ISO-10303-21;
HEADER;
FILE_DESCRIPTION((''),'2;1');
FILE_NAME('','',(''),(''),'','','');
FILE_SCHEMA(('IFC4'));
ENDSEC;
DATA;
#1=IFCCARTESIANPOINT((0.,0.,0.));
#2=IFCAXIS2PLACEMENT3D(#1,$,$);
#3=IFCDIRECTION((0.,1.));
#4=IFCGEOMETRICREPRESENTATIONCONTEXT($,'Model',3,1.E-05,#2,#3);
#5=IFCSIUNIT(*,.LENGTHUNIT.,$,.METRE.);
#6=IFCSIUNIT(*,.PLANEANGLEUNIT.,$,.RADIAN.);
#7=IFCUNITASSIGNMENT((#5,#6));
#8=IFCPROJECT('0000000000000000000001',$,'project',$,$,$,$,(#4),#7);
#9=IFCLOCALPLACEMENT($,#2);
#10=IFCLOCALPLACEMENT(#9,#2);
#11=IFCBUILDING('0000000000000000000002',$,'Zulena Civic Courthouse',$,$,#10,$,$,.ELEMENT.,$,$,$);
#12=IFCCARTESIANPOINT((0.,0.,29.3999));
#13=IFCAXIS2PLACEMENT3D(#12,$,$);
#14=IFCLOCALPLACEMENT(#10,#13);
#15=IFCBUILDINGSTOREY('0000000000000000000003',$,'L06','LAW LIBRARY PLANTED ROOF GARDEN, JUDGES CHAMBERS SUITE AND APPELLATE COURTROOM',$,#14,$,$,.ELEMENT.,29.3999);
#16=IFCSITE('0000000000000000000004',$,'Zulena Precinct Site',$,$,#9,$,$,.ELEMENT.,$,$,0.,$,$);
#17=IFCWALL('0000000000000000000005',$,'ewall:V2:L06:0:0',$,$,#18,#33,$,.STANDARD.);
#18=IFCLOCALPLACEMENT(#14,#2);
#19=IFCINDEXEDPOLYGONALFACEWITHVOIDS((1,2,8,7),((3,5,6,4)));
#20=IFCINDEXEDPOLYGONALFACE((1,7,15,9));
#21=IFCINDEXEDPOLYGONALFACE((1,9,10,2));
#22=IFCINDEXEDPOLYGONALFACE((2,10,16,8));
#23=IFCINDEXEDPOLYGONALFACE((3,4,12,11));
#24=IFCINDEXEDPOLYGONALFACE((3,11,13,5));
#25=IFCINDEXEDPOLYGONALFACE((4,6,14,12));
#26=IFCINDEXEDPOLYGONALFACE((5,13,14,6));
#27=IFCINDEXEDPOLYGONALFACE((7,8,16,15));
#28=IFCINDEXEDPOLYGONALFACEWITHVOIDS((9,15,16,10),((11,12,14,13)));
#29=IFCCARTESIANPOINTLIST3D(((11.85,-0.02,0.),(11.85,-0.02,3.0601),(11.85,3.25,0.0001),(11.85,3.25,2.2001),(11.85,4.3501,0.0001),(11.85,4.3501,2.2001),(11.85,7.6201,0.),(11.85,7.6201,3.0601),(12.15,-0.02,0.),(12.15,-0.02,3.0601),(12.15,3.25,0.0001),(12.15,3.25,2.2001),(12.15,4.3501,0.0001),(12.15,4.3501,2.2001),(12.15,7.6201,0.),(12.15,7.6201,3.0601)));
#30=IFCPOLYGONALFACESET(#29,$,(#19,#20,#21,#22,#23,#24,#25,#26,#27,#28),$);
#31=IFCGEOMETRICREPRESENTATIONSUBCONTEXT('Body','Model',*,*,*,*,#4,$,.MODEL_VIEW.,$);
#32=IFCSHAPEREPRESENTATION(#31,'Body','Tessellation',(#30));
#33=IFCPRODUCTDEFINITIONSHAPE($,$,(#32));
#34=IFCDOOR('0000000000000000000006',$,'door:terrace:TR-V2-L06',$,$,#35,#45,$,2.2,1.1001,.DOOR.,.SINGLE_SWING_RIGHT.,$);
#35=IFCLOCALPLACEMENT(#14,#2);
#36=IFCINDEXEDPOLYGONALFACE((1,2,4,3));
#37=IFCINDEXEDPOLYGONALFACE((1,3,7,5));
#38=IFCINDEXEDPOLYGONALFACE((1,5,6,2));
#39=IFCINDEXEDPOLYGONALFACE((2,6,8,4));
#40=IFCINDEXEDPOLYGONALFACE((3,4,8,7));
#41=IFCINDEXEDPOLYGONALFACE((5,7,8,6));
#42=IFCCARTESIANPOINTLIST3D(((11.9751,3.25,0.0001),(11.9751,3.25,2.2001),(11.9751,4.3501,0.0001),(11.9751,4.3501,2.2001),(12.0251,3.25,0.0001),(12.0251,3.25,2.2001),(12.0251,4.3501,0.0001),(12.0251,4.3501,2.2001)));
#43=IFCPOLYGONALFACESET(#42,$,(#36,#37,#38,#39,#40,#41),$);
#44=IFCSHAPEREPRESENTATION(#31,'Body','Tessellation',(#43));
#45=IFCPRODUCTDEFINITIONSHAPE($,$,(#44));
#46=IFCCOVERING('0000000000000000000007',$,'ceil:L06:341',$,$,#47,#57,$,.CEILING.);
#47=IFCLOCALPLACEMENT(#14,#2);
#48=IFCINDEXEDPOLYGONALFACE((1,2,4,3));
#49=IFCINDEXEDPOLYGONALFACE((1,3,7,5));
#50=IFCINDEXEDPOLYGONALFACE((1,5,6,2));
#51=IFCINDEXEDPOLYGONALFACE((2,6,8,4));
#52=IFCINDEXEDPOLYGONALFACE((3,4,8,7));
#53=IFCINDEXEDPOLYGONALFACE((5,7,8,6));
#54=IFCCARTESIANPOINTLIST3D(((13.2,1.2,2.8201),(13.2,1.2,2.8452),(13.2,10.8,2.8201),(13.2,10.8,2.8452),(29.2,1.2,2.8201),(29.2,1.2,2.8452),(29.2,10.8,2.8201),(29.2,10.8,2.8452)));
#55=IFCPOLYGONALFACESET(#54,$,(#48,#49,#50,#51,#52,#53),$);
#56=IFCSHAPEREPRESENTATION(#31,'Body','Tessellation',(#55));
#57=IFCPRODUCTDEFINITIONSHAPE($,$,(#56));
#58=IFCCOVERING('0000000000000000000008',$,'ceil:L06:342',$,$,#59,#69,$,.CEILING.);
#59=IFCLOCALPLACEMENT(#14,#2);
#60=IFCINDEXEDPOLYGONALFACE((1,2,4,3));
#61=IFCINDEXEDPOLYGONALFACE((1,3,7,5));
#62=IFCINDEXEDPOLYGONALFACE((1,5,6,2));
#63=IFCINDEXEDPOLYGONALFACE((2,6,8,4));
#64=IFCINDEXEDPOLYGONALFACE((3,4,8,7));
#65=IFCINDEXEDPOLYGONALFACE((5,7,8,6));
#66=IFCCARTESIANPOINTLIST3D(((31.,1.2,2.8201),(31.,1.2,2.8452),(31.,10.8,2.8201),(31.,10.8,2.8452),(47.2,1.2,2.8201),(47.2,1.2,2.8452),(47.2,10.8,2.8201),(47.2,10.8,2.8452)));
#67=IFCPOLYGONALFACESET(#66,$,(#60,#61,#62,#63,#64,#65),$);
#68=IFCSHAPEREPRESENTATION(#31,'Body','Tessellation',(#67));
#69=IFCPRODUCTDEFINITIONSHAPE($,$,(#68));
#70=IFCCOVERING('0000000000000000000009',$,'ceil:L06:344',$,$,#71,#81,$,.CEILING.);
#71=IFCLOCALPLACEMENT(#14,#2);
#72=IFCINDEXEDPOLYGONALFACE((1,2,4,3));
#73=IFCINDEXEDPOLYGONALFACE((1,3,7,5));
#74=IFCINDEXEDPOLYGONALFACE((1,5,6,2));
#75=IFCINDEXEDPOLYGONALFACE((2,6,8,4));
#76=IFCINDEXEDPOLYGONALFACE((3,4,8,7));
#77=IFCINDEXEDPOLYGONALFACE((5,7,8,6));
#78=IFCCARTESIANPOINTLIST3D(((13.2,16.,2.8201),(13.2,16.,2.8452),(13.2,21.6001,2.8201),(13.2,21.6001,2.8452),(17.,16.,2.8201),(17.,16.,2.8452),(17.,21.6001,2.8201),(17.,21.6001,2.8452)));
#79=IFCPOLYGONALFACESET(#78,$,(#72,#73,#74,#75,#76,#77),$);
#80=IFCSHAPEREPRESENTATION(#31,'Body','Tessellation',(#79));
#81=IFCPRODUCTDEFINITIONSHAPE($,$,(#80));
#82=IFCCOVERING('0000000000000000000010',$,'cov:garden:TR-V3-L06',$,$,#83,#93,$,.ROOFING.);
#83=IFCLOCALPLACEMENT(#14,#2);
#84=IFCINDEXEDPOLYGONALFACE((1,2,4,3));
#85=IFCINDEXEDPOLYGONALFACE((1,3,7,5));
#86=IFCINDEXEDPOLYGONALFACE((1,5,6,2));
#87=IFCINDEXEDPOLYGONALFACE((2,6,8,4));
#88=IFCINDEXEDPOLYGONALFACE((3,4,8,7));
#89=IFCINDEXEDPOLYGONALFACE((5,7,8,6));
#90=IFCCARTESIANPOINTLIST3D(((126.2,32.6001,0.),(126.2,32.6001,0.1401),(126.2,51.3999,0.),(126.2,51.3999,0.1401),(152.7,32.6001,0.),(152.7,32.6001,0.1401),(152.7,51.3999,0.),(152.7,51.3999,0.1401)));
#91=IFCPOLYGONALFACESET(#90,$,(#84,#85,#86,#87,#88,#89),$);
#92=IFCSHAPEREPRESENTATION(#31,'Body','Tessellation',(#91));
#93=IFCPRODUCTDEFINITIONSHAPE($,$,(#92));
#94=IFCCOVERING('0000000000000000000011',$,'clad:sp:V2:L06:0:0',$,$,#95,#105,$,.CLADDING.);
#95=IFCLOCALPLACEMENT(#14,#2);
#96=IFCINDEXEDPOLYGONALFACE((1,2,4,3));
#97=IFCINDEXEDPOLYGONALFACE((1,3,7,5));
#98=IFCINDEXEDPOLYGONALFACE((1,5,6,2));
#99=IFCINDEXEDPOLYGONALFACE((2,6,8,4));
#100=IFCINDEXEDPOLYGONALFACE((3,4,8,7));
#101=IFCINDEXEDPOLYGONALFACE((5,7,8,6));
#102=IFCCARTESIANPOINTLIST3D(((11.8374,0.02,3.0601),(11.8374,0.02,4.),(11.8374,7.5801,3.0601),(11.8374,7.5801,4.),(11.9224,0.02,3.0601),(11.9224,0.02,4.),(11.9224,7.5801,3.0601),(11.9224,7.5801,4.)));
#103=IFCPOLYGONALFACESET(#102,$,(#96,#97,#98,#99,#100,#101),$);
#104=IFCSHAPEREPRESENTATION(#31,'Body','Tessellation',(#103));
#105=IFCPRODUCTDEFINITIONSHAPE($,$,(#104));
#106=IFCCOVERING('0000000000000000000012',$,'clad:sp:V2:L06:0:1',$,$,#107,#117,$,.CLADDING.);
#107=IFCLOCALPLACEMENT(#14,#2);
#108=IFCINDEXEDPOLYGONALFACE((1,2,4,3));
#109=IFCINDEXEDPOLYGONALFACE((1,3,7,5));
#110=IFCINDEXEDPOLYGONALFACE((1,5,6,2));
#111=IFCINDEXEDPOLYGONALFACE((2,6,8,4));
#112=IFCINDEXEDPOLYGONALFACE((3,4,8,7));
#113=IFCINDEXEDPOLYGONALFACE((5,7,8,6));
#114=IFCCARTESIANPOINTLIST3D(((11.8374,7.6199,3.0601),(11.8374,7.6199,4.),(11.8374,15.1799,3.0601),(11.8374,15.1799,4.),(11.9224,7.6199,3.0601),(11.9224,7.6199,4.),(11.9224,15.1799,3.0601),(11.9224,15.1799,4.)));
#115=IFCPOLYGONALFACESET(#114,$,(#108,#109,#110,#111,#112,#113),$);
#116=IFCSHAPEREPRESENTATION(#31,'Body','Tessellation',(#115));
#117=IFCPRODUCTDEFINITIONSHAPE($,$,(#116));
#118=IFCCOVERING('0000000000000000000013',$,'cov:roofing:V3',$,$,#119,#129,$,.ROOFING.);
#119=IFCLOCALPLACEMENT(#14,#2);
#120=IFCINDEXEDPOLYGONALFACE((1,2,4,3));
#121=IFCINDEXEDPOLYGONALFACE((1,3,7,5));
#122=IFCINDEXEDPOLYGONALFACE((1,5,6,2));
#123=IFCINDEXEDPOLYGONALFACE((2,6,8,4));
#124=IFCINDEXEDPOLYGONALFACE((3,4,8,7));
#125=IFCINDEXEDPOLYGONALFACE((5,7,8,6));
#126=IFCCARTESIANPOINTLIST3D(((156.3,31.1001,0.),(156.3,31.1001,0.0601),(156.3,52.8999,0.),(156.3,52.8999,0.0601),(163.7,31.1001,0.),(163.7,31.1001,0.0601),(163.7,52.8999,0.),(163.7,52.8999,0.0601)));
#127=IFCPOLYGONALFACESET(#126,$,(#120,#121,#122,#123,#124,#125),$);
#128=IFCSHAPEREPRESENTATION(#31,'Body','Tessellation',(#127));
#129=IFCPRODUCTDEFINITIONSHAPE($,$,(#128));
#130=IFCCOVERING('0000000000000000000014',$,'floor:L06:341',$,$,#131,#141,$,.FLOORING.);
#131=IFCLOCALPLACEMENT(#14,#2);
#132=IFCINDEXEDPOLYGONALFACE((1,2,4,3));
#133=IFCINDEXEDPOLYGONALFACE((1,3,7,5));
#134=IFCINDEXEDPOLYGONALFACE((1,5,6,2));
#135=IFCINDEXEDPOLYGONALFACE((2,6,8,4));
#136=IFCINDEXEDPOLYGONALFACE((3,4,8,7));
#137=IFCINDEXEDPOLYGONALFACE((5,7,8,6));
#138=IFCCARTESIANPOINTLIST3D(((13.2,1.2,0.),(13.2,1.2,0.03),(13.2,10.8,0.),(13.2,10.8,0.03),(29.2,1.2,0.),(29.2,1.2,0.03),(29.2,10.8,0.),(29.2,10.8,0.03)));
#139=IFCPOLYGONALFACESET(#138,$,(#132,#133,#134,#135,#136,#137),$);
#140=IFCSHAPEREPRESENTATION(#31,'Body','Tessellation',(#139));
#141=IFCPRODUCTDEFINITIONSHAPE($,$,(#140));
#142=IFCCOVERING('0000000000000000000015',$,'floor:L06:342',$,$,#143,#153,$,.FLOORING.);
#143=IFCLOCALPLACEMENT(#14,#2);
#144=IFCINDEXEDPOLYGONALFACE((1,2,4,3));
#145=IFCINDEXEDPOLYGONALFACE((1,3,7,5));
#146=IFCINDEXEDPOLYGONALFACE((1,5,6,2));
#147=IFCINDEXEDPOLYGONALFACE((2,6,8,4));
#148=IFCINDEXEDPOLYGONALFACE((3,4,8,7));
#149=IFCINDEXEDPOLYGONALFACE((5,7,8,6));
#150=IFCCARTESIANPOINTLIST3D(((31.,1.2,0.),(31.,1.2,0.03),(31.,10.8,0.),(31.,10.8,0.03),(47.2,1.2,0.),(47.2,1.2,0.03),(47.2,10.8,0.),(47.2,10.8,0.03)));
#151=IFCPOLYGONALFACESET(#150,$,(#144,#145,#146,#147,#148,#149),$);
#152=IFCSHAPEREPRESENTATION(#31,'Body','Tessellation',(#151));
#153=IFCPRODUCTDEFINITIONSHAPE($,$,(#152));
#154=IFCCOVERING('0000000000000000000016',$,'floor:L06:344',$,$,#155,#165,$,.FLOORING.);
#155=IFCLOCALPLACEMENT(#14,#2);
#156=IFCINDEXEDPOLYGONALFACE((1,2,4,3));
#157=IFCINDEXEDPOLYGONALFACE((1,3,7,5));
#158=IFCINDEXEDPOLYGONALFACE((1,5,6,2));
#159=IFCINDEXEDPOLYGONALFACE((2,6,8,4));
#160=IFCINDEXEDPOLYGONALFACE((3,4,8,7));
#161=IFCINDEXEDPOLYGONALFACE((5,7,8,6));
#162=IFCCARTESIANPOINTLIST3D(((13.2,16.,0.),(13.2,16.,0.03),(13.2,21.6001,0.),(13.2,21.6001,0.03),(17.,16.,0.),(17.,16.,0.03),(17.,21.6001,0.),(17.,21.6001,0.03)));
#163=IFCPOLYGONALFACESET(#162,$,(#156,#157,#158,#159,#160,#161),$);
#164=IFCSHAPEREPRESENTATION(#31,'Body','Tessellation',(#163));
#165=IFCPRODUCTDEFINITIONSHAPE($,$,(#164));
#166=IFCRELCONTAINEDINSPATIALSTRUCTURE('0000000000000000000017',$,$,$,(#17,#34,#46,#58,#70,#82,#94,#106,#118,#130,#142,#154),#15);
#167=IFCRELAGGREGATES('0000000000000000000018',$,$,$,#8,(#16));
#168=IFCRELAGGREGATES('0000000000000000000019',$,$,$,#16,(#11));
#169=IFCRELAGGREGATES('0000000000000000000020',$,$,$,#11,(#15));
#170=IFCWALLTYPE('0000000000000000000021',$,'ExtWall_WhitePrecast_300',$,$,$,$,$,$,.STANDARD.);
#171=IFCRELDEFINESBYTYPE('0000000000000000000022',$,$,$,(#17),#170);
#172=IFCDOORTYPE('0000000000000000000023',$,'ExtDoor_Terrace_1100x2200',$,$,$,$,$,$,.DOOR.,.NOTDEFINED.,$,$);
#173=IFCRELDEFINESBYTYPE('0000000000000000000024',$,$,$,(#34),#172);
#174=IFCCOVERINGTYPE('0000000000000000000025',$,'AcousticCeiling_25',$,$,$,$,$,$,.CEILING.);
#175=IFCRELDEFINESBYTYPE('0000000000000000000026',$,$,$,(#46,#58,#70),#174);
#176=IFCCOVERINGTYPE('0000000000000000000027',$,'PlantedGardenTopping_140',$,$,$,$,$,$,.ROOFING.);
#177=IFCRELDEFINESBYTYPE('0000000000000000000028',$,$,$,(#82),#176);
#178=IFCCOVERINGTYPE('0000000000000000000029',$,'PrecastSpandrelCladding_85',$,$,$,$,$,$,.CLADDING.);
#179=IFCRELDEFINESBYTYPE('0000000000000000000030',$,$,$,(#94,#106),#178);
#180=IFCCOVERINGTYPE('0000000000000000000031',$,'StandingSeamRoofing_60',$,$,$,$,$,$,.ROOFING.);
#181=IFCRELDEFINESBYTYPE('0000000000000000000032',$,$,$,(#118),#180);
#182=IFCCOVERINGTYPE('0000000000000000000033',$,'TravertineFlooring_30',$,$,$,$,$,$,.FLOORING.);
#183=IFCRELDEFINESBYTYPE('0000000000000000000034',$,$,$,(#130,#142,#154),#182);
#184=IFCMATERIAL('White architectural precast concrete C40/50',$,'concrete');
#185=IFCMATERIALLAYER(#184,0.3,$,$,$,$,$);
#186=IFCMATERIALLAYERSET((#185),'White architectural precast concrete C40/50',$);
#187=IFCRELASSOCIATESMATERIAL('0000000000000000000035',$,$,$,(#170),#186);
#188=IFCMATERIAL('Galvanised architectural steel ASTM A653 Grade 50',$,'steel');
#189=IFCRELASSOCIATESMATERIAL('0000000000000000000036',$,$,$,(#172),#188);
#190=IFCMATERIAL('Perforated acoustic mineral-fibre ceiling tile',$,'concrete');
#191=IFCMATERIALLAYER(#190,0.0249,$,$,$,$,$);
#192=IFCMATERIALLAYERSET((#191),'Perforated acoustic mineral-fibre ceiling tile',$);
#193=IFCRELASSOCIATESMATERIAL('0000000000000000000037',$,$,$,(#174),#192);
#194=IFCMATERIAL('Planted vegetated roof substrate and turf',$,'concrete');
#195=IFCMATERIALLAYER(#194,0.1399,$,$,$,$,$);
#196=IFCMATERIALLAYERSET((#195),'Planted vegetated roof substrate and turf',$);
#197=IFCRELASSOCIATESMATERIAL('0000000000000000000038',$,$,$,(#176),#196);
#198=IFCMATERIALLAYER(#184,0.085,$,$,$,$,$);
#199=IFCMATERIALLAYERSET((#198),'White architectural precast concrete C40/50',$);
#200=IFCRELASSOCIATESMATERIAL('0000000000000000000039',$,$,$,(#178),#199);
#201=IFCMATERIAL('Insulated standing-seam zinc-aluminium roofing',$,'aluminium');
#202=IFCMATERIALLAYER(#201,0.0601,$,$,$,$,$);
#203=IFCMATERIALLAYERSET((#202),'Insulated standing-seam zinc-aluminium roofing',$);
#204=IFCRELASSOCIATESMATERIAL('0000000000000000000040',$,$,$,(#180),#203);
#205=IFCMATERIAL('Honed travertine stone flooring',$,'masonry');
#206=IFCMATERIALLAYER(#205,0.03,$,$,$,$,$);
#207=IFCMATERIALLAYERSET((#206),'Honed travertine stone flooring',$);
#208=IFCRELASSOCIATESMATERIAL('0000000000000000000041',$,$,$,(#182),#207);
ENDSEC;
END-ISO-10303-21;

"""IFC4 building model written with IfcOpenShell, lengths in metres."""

from ifc_helpers import new_model, si_unit, direction, frame, frame_2d, origin, origin_2d, place, context, subcontext, project, spatial, polyline, rectangle, outline, extrude, material, layer, layer_set, type_object, element, fill, save


model = new_model("IFC4")

# Units and contexts
model_context = context("Model", 3, precision=1e-05, world=origin(), true_north=direction((0.0, 1.0)))
body_context = subcontext(model_context, "Body", "Model", "MODEL_VIEW")
ifc_project = project(units=[si_unit("LENGTHUNIT", "METRE"), si_unit("PLANEANGLEUNIT", "RADIAN")], contexts=[model_context])

# Site, building, storey
site_placement = place(None, origin())
site = spatial("IfcSite", under=ifc_project, at=site_placement, Name="Zulena Precinct Site", CompositionType="ELEMENT", RefElevation=0.0)
building_placement = place(site_placement, origin())
building = spatial("IfcBuilding", under=site, at=building_placement, Name="Zulena Civic Courthouse", CompositionType="ELEMENT")
storey_placement = place(building_placement, frame((0.0, 0.0, 29.3999)))
storey = spatial("IfcBuildingStorey", under=building, at=storey_placement, Name="L06", Description="LAW LIBRARY PLANTED ROOF GARDEN, JUDGES CHAMBERS SUITE AND APPELLATE COURTROOM", CompositionType="ELEMENT", Elevation=29.3999)

# Shared definitions
ifc_material_1 = material(Name="Insulated standing-seam zinc-aluminium roofing", Category="aluminium")

# Wall, opening, door
ifc_material_2 = material(Name="White architectural precast concrete C40/50", Category="concrete")
ifc_layer_1 = layer(ifc_material_2, 0.3)
ifc_layer_set_1 = layer_set([ifc_layer_1], Name="White architectural precast concrete C40/50")
wall_type = type_object("IfcWallType", Name="ExtWall_WhitePrecast_300", PredefinedType="STANDARD", material=ifc_layer_set_1)
wall_placement = place(storey_placement, frame((12.0, -0.02, 0.0), z_axis=(0.0, 0.0, 1.0), x_axis=(0.0, 1.0, 0.0)))
wall = element("IfcWall", 1, at=wall_placement, inside=storey, type_object=wall_type, Name="ewall:V2:L06:0:0", PredefinedType="STANDARD", context=body_context, shape_type="SweptSolid", body=[
    extrude(rectangle(XDim=7.6401, YDim=0.3, at=frame_2d((3.8201, 0.0))), origin(), (0.0, 0.0, 1.0), 3.0601),
])
opening_1_placement = place(wall_placement, frame((3.27, 0.0, 0.0)))
opening_1 = element("IfcOpeningElement", 2, at=opening_1_placement, cuts=wall, PredefinedType="OPENING", context=body_context, shape_type="SweptSolid", body=[
    extrude(rectangle(XDim=1.1001, YDim=2.2, at=frame_2d((0.55, 1.1001))), frame((0.0, 0.1599, 0.0), z_axis=(0.0, -1.0, 0.0), x_axis=(1.0, 0.0, 0.0)), (0.0, 0.0, 1.0), 0.3201),
])
ifc_material_3 = material(Name="Galvanised architectural steel ASTM A653 Grade 50", Category="steel")
door_type = type_object("IfcDoorType", Name="ExtDoor_Terrace_1100x2200", OperationType="NOTDEFINED", PredefinedType="DOOR", material=ifc_material_3)
door_placement = place(opening_1_placement, origin())
door = element("IfcDoor", 3, at=door_placement, inside=storey, type_object=door_type, Name="door:terrace:TR-V2-L06", OperationType="SINGLE_SWING_RIGHT", OverallHeight=2.2, OverallWidth=1.1001, PredefinedType="DOOR", context=body_context, shape_type="SweptSolid", body=[
    extrude(rectangle(XDim=1.1001, YDim=2.2, at=frame_2d((0.55, 1.1001))), frame((0.0, 0.0249, 0.0), z_axis=(0.0, -1.0, 0.0), x_axis=(1.0, 0.0, 0.0)), (0.0, 0.0, 1.0), 0.05),
])
fill(opening_1, door)

# Coverings
ifc_material_4 = material(Name="Perforated acoustic mineral-fibre ceiling tile", Category="concrete")
ifc_layer_2 = layer(ifc_material_4, 0.0249)
ifc_layer_set_2 = layer_set([ifc_layer_2], Name="Perforated acoustic mineral-fibre ceiling tile")
covering_type_1 = type_object("IfcCoveringType", Name="AcousticCeiling_25", PredefinedType="CEILING", material=ifc_layer_set_2)
covering_1_placement = place(storey_placement, frame((0.0, 0.0, 2.8201)))
element("IfcCovering", 4, at=covering_1_placement, inside=storey, type_object=covering_type_1, Name="ceil:L06:341", PredefinedType="CEILING", context=body_context, shape_type="SweptSolid", body=[
    extrude(outline(polyline([(13.2, 1.2), (29.2, 1.2), (29.2, 10.8), (13.2, 10.8), (13.2, 1.2)])), origin(), (0.0, 0.0, 1.0), 0.0251),
])
covering_2_placement = place(storey_placement, frame((0.0, 0.0, 2.8201)))
element("IfcCovering", 5, at=covering_2_placement, inside=storey, type_object=covering_type_1, Name="ceil:L06:342", PredefinedType="CEILING", context=body_context, shape_type="SweptSolid", body=[
    extrude(outline(polyline([(31.0, 1.2), (47.2, 1.2), (47.2, 10.8), (31.0, 10.8), (31.0, 1.2)])), origin(), (0.0, 0.0, 1.0), 0.0251),
])
covering_3_placement = place(storey_placement, frame((0.0, 0.0, 2.8201)))
element("IfcCovering", 6, at=covering_3_placement, inside=storey, type_object=covering_type_1, Name="ceil:L06:344", PredefinedType="CEILING", context=body_context, shape_type="SweptSolid", body=[
    extrude(outline(polyline([(13.2, 16.0), (17.0, 16.0), (17.0, 21.6001), (13.2, 21.6001), (13.2, 16.0)])), origin(), (0.0, 0.0, 1.0), 0.0251),
])
ifc_material_5 = material(Name="Planted vegetated roof substrate and turf", Category="concrete")
ifc_layer_3 = layer(ifc_material_5, 0.1399)
ifc_layer_set_3 = layer_set([ifc_layer_3], Name="Planted vegetated roof substrate and turf")
covering_type_2 = type_object("IfcCoveringType", Name="PlantedGardenTopping_140", PredefinedType="ROOFING", material=ifc_layer_set_3)
covering_4_placement = place(storey_placement, origin())
element("IfcCovering", 7, at=covering_4_placement, inside=storey, type_object=covering_type_2, Name="cov:garden:TR-V3-L06", PredefinedType="ROOFING", context=body_context, shape_type="SweptSolid", body=[
    extrude(outline(polyline([(126.2, 32.6001), (152.7, 32.6001), (152.7, 51.3999), (126.2, 51.3999), (126.2, 32.6001)])), origin(), (0.0, 0.0, 1.0), 0.1401),
])
ifc_layer_4 = layer(ifc_material_2, 0.085)
ifc_layer_set_4 = layer_set([ifc_layer_4], Name="White architectural precast concrete C40/50")
covering_type_3 = type_object("IfcCoveringType", Name="PrecastSpandrelCladding_85", PredefinedType="CLADDING", material=ifc_layer_set_4)
for number, where, z_axis, x_axis, name in (
    (8, (11.8799, 3.8, 3.0601), (0.0, 0.0, 1.0), (0.0, 1.0, 0.0), "clad:sp:V2:L06:0:0"),
    (9, (11.8799, 11.3999, 3.0601), (0.0, 0.0, 1.0), (0.0, 1.0, 0.0), "clad:sp:V2:L06:0:1"),
):
    element("IfcCovering", number, at=place(storey_placement, frame(where, z_axis=z_axis, x_axis=x_axis)), inside=storey, type_object=covering_type_3, Name=name, PredefinedType="CLADDING", context=body_context, shape_type="SweptSolid", body=[
        extrude(rectangle(XDim=7.5601, YDim=0.085, at=origin_2d()), origin(), (0.0, 0.0, 1.0), 0.9399),
    ])
ifc_layer_5 = layer(ifc_material_1, 0.0601)
ifc_layer_set_5 = layer_set([ifc_layer_5], Name="Insulated standing-seam zinc-aluminium roofing")
covering_type_4 = type_object("IfcCoveringType", Name="StandingSeamRoofing_60", PredefinedType="ROOFING", material=ifc_layer_set_5)
covering_5_placement = place(storey_placement, origin())
element("IfcCovering", 10, at=covering_5_placement, inside=storey, type_object=covering_type_4, Name="cov:roofing:V3", PredefinedType="ROOFING", context=body_context, shape_type="SweptSolid", body=[
    extrude(outline(polyline([(156.3, 31.1001), (163.7, 31.1001), (163.7, 52.8999), (156.3, 52.8999), (156.3, 31.1001)])), origin(), (0.0, 0.0, 1.0), 0.0601),
])

# Coverings
ifc_material_6 = material(Name="Honed travertine stone flooring", Category="masonry")
ifc_layer_6 = layer(ifc_material_6, 0.03)
ifc_layer_set_6 = layer_set([ifc_layer_6], Name="Honed travertine stone flooring")
covering_type_5 = type_object("IfcCoveringType", Name="TravertineFlooring_30", PredefinedType="FLOORING", material=ifc_layer_set_6)
covering_6_placement = place(storey_placement, origin())
element("IfcCovering", 11, at=covering_6_placement, inside=storey, type_object=covering_type_5, Name="floor:L06:341", PredefinedType="FLOORING", context=body_context, shape_type="SweptSolid", body=[
    extrude(outline(polyline([(13.2, 1.2), (29.2, 1.2), (29.2, 10.8), (13.2, 10.8), (13.2, 1.2)])), origin(), (0.0, 0.0, 1.0), 0.03),
])
covering_7_placement = place(storey_placement, origin())
element("IfcCovering", 12, at=covering_7_placement, inside=storey, type_object=covering_type_5, Name="floor:L06:342", PredefinedType="FLOORING", context=body_context, shape_type="SweptSolid", body=[
    extrude(outline(polyline([(31.0, 1.2), (47.2, 1.2), (47.2, 10.8), (31.0, 10.8), (31.0, 1.2)])), origin(), (0.0, 0.0, 1.0), 0.03),
])
covering_8_placement = place(storey_placement, origin())
element("IfcCovering", 13, at=covering_8_placement, inside=storey, type_object=covering_type_5, Name="floor:L06:344", PredefinedType="FLOORING", context=body_context, shape_type="SweptSolid", body=[
    extrude(outline(polyline([(13.2, 16.0), (17.0, 16.0), (17.0, 21.6001), (13.2, 21.6001), (13.2, 16.0)])), origin(), (0.0, 0.0, 1.0), 0.03),
])

save(model, "model.ifc")
